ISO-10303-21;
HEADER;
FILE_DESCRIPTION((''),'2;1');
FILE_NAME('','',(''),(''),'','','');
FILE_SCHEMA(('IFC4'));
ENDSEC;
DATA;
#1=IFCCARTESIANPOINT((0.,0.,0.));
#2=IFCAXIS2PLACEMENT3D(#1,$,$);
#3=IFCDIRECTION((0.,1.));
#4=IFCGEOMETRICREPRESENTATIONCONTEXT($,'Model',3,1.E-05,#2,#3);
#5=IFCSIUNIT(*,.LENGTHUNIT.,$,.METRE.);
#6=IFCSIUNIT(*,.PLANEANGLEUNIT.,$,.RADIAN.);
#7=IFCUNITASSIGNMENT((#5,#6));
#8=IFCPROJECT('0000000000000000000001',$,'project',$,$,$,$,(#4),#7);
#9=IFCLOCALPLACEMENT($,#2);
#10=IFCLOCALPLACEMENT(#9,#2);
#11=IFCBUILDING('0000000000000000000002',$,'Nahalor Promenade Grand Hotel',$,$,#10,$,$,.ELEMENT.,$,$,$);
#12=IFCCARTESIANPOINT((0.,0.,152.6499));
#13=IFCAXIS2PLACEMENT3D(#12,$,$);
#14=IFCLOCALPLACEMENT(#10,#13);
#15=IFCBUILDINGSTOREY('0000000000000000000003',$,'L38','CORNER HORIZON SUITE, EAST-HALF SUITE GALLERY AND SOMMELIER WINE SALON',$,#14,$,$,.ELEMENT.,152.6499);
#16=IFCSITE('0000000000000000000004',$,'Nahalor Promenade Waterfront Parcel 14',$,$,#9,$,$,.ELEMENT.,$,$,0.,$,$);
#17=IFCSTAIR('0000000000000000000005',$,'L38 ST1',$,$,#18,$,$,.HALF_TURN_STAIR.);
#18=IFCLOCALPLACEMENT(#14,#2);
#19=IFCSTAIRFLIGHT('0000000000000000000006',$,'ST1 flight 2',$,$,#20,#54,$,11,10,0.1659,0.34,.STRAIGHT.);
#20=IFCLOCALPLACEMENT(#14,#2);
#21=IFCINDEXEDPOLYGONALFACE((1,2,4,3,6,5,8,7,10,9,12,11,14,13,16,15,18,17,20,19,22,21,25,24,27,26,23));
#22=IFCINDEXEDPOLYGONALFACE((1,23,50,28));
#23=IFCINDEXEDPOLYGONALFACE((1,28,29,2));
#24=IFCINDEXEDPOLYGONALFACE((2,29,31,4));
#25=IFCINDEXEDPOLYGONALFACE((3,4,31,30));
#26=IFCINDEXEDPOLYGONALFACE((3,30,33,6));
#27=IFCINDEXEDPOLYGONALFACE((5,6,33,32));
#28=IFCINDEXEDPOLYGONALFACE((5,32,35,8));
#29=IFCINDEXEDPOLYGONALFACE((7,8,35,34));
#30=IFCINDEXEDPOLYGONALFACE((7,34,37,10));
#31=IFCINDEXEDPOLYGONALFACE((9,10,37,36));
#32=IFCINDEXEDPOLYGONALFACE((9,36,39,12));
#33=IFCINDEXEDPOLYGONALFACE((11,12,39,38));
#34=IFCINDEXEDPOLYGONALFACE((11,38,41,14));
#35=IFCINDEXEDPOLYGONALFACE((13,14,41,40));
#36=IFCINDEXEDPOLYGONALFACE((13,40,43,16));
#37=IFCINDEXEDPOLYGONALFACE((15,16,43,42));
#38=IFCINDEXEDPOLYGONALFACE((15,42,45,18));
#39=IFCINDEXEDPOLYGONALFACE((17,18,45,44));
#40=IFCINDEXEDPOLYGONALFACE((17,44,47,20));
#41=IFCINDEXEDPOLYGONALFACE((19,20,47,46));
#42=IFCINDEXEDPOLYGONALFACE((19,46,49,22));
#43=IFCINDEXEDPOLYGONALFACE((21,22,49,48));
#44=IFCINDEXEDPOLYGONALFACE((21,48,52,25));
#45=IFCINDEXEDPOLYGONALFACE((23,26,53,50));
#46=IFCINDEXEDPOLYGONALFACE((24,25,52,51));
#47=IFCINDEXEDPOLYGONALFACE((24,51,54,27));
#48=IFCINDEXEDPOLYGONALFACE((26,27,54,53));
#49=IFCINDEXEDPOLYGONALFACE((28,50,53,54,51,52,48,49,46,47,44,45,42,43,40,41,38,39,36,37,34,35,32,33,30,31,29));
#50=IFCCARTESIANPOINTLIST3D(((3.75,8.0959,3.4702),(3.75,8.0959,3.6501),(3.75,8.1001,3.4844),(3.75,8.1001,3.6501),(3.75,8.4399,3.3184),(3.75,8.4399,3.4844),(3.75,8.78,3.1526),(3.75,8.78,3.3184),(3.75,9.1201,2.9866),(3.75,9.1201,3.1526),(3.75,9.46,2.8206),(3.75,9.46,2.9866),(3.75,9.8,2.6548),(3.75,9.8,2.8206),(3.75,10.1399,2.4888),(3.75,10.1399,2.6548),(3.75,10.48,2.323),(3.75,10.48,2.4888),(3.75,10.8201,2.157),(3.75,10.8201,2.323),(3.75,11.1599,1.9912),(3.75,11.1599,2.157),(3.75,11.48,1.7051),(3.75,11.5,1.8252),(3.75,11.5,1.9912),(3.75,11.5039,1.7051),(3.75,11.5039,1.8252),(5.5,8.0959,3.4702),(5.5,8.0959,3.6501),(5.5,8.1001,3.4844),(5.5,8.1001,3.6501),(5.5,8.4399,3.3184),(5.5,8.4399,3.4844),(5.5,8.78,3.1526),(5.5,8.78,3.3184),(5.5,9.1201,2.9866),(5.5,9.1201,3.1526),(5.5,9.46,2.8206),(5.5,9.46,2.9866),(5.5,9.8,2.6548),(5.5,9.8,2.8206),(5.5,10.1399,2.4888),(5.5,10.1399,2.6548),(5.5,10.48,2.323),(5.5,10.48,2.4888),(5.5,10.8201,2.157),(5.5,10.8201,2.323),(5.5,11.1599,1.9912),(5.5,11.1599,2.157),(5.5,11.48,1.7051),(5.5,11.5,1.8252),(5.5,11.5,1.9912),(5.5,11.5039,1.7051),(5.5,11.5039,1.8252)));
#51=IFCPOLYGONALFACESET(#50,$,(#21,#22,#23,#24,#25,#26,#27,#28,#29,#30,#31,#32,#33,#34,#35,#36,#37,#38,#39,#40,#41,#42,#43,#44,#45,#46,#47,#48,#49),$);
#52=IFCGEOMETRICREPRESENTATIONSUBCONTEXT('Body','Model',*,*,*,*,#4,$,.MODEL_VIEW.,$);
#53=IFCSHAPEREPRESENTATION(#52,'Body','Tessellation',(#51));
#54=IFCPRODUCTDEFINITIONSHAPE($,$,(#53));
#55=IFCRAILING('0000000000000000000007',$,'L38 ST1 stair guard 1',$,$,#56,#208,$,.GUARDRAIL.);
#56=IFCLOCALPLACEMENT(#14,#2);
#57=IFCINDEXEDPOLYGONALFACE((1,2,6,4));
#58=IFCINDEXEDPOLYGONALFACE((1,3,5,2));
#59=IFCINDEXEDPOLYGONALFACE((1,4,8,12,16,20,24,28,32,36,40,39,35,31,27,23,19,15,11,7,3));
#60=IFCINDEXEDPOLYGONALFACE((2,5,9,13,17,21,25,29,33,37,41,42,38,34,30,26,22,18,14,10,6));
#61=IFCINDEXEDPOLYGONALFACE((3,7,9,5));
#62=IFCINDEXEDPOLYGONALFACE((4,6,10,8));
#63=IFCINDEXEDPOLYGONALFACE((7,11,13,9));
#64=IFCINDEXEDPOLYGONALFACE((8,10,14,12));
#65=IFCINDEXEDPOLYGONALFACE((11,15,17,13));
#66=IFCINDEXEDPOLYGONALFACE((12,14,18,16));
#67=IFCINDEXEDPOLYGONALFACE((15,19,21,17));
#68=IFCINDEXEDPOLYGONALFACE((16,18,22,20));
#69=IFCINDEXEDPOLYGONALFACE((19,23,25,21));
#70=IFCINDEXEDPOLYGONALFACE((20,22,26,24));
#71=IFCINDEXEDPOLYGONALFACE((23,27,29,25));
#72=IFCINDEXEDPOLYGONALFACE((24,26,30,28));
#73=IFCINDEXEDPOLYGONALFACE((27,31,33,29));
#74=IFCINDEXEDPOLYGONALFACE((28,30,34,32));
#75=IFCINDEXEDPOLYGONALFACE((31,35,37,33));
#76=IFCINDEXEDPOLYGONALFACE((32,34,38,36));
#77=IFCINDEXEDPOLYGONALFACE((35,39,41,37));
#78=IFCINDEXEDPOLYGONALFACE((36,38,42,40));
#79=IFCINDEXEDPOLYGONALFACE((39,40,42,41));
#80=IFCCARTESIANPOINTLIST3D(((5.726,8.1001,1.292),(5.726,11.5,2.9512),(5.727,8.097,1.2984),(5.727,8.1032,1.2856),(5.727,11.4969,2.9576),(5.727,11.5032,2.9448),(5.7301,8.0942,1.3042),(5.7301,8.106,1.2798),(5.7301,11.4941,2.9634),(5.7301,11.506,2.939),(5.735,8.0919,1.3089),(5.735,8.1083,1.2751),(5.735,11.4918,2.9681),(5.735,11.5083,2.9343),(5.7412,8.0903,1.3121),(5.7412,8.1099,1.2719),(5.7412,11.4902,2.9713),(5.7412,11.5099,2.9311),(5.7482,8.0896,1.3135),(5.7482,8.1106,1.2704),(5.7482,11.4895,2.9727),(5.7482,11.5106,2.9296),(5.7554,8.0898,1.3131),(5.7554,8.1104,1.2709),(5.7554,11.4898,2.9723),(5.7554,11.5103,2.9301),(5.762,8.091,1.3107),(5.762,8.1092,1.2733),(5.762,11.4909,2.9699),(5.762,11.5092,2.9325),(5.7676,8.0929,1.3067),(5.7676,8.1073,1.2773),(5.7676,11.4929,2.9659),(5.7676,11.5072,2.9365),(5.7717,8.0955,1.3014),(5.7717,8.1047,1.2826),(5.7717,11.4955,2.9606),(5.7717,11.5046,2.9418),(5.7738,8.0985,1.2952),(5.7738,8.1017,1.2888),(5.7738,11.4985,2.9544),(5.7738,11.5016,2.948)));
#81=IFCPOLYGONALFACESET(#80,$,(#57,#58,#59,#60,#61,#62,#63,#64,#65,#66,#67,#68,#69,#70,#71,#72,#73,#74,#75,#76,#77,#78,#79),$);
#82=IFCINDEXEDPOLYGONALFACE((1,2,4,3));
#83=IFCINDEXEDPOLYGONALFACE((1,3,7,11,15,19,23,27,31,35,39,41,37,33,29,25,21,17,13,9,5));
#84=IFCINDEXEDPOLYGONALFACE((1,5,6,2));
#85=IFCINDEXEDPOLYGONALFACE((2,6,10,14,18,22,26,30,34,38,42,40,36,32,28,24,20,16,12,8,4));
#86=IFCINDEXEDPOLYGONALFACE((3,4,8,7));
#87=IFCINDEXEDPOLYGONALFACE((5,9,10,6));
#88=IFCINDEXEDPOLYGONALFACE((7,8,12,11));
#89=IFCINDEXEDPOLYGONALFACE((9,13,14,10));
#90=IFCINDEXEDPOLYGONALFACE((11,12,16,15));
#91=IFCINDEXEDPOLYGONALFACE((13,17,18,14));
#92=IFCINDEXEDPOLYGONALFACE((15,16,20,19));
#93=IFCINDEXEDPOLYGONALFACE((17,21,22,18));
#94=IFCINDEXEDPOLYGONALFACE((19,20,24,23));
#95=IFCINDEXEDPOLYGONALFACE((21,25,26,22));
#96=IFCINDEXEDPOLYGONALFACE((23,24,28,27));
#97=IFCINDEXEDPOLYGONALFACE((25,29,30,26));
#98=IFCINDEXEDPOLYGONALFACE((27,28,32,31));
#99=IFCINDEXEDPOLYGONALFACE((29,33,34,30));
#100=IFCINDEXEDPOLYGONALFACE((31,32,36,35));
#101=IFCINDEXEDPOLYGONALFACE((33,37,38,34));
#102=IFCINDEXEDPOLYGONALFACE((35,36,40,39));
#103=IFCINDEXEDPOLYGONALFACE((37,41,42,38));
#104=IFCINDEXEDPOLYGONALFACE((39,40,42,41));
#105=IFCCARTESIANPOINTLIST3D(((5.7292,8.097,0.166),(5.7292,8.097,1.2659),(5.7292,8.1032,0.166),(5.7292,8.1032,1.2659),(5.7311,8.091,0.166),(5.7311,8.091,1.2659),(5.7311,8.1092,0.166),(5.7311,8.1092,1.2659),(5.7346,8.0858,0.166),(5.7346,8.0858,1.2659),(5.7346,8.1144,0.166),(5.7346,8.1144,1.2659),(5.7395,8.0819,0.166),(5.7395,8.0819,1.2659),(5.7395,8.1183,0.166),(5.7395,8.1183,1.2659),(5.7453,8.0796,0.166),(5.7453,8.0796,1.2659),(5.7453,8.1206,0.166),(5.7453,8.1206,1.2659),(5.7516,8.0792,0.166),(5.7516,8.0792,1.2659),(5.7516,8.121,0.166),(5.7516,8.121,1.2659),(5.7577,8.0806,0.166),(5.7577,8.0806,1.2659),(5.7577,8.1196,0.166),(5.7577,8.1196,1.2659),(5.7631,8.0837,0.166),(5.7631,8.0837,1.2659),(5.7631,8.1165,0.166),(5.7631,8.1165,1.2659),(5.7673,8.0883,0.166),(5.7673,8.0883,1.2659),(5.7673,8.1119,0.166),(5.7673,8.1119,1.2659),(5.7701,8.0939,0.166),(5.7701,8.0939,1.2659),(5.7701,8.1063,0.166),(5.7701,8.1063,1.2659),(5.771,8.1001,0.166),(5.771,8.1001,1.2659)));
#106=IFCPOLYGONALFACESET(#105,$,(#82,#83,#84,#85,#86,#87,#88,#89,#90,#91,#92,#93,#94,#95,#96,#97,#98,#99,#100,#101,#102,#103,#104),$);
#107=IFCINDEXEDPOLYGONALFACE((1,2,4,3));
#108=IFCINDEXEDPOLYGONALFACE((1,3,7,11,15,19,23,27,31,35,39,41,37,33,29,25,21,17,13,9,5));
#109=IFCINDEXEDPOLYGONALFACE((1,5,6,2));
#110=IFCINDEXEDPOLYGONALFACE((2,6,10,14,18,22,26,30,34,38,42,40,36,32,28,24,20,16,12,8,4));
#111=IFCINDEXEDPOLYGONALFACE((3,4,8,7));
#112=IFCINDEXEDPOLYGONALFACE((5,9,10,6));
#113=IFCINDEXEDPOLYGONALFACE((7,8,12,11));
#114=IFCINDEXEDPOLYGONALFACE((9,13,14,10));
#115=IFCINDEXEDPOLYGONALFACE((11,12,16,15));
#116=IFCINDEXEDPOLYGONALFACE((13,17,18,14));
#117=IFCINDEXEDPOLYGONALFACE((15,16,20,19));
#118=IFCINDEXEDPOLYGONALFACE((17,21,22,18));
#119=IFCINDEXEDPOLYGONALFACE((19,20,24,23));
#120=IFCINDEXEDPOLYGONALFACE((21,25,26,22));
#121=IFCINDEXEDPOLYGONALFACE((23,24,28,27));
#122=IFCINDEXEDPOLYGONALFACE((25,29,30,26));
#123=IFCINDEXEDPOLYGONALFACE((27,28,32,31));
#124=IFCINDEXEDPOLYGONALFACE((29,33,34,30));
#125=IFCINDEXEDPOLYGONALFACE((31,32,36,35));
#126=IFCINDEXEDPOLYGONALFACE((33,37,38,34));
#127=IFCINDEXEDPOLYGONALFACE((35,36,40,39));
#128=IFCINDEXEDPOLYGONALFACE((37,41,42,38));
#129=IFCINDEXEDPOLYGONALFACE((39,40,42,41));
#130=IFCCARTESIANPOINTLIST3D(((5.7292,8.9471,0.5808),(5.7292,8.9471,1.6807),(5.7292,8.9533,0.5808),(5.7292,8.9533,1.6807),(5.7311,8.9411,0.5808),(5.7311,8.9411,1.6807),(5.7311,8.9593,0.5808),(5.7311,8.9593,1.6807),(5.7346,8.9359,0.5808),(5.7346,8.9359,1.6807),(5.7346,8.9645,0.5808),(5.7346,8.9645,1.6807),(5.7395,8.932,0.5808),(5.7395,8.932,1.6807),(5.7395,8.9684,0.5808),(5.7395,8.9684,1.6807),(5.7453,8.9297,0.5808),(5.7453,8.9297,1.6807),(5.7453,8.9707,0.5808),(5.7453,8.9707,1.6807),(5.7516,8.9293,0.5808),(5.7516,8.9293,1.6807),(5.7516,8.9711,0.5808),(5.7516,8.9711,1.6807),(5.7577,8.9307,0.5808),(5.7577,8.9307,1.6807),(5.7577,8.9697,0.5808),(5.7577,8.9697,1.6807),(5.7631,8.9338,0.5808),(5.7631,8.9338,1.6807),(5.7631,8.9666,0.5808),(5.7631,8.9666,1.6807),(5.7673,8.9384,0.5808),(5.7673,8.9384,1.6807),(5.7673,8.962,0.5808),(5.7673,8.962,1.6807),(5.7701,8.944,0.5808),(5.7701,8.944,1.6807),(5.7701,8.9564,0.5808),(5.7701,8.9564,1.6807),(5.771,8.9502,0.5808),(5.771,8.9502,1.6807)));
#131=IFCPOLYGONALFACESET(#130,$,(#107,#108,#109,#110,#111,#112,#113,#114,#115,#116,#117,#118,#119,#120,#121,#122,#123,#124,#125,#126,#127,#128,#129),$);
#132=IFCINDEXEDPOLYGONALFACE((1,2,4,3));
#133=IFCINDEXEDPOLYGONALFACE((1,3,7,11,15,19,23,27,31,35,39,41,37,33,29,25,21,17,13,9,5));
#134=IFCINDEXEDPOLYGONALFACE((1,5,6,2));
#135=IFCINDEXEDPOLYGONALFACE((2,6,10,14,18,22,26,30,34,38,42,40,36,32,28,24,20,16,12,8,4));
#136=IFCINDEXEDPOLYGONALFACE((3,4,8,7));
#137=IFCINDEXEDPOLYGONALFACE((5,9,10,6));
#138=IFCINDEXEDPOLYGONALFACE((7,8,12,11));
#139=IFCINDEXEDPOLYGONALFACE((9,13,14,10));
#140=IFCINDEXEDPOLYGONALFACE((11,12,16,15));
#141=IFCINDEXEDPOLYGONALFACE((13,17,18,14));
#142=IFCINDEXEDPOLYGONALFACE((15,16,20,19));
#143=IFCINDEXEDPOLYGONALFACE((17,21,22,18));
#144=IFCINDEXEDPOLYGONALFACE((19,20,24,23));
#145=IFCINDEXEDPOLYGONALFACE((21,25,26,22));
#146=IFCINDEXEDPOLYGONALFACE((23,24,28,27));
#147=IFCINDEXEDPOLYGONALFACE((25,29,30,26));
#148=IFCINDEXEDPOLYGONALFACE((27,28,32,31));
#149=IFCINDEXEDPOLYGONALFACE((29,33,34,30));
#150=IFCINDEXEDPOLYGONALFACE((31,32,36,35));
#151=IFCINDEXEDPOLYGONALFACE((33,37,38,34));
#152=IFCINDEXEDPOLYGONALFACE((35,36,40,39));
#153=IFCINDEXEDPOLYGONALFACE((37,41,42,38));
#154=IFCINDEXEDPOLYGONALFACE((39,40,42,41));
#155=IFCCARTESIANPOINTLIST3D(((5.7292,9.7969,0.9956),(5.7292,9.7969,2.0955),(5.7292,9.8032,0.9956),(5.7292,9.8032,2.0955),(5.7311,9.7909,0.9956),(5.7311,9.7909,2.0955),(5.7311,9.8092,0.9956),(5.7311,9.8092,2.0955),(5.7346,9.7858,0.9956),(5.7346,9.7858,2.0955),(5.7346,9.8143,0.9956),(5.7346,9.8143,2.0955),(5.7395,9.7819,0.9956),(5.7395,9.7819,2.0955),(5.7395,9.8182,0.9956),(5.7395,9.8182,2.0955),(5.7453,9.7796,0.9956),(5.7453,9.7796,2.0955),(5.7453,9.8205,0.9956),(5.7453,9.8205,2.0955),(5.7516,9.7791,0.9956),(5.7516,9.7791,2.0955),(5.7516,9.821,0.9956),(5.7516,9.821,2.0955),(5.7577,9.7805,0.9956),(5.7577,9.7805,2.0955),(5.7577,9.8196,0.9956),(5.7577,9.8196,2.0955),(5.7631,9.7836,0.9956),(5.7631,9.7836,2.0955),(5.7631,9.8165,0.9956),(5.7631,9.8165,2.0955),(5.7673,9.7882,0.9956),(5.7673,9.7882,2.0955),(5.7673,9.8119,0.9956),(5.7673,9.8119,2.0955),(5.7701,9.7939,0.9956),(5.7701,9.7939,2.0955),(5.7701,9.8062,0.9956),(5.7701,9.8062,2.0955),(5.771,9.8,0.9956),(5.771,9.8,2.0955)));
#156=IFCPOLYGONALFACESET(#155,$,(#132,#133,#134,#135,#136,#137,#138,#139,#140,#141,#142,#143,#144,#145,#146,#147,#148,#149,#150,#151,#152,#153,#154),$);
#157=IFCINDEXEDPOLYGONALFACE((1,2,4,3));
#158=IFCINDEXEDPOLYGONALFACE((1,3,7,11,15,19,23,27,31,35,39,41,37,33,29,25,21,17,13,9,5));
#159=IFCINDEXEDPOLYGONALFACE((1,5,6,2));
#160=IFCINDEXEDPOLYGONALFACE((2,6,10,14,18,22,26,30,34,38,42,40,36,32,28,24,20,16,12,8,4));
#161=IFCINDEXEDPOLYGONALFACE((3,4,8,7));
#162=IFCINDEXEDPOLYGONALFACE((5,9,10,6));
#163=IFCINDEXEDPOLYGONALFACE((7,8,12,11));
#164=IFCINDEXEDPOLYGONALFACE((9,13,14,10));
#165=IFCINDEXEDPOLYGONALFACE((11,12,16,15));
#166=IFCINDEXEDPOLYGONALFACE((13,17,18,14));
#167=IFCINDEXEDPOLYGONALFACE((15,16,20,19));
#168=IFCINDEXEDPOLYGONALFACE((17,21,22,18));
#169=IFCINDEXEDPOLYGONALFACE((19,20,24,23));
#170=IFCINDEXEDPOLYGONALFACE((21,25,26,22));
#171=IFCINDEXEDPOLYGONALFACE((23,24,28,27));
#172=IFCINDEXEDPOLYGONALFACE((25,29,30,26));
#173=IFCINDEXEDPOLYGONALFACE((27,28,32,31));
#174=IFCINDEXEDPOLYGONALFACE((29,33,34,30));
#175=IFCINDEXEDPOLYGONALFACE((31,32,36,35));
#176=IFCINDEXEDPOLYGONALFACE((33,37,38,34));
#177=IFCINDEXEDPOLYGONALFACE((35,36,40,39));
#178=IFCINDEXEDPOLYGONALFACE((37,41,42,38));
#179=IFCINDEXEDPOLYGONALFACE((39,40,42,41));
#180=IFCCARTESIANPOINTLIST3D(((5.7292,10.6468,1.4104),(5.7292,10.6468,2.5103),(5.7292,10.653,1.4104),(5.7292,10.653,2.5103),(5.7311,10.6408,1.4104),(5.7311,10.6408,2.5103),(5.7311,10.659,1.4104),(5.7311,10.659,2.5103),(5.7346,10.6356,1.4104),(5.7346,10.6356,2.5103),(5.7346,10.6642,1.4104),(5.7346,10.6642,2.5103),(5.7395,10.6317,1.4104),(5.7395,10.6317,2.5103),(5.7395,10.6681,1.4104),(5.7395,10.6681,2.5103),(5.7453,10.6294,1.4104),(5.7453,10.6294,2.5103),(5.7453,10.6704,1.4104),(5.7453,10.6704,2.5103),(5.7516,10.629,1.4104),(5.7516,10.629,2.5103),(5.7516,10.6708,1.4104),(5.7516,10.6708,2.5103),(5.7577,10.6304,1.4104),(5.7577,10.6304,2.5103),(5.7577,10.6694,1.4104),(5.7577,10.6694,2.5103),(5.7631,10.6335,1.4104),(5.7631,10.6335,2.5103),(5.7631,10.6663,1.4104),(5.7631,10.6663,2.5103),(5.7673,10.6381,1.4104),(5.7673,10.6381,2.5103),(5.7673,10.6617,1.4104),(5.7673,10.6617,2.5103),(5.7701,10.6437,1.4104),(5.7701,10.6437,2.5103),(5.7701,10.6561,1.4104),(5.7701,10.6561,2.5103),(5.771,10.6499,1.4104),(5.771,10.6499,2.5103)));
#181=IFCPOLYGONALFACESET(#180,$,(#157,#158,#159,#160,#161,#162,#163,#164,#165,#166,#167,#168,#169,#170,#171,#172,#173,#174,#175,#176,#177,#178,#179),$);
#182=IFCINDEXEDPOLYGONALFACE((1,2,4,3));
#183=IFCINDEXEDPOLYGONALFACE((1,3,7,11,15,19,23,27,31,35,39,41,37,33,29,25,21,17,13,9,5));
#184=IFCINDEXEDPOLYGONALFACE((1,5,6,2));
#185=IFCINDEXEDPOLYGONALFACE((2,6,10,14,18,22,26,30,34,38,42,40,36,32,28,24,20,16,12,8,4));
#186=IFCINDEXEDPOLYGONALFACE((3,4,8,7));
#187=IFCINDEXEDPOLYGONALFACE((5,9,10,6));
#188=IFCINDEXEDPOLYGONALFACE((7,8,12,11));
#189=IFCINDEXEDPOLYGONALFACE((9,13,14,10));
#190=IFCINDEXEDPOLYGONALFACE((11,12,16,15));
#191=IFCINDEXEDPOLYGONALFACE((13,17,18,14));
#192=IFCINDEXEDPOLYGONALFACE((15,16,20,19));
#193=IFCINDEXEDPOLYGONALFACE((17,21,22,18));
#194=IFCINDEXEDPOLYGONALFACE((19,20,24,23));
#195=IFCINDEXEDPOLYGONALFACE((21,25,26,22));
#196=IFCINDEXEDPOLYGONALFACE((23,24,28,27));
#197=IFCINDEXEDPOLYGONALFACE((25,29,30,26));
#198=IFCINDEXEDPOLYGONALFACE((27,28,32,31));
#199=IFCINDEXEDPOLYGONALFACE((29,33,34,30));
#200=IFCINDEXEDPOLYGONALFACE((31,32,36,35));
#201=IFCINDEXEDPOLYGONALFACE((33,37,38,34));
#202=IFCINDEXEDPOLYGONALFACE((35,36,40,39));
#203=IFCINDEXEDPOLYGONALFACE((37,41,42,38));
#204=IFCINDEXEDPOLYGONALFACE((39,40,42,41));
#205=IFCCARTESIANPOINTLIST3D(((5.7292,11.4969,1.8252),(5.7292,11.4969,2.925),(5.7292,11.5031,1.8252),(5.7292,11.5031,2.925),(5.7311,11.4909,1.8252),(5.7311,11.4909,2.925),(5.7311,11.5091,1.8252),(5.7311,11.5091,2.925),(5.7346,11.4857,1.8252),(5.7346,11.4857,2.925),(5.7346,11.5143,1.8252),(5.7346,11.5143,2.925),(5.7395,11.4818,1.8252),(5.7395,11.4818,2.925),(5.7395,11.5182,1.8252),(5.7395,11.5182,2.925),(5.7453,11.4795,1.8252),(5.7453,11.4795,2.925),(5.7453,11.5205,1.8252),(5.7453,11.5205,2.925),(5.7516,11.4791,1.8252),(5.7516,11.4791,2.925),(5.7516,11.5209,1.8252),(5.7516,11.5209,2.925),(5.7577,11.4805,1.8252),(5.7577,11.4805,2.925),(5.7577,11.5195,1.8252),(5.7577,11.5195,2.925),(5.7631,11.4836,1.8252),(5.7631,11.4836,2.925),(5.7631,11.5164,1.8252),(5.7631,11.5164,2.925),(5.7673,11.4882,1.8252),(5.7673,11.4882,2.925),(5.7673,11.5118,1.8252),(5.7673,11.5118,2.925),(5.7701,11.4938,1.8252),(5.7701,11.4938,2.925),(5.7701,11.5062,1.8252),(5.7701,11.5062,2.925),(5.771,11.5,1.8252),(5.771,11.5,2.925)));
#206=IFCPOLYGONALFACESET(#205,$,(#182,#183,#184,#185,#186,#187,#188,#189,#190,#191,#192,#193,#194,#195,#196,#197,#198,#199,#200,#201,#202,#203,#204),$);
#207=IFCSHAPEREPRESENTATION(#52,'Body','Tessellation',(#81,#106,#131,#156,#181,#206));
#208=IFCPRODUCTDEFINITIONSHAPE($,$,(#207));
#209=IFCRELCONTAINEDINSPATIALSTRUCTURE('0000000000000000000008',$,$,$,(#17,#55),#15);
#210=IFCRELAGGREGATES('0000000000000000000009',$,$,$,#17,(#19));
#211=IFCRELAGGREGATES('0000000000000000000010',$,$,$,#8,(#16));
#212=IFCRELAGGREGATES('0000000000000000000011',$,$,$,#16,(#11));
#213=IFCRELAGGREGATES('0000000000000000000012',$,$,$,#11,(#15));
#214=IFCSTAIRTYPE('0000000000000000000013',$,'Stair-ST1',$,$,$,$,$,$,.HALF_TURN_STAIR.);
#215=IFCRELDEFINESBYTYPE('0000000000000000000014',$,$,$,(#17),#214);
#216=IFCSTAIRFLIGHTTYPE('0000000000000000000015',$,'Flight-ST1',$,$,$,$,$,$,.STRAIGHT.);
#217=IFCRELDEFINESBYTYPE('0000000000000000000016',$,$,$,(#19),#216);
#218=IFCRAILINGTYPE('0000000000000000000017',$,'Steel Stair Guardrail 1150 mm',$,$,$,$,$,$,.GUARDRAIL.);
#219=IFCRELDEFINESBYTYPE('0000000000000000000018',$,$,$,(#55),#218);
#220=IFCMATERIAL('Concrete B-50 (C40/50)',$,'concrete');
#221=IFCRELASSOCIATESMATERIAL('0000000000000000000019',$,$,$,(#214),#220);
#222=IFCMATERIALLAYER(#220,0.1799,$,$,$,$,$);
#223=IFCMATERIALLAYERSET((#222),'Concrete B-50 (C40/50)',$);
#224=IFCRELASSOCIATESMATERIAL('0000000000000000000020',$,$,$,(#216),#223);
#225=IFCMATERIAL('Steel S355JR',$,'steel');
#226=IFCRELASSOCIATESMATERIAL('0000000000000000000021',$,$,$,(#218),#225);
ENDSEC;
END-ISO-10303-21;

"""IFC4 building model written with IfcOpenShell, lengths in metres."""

from ifc_helpers import new_model, si_unit, direction, frame, origin, origin_2d, place, context, subcontext, project, spatial, polyline, circle, outline, extrude, source, transform, mapped, material, layer, layer_set, type_object, element, aggregate, save


model = new_model("IFC4")

# Units and contexts
model_context = context("Model", 3, precision=1e-05, world=origin(), true_north=direction((0.0, 1.0)))
body_context = subcontext(model_context, "Body", "Model", "MODEL_VIEW")
ifc_project = project(units=[si_unit("LENGTHUNIT", "METRE"), si_unit("PLANEANGLEUNIT", "RADIAN")], contexts=[model_context])

# Site, building, storey
site_placement = place(None, origin())
site = spatial("IfcSite", under=ifc_project, at=site_placement, Name="Nahalor Promenade Waterfront Parcel 14", CompositionType="ELEMENT", RefElevation=0.0)
building_placement = place(site_placement, origin())
building = spatial("IfcBuilding", under=site, at=building_placement, Name="Nahalor Promenade Grand Hotel", CompositionType="ELEMENT")
storey_placement = place(building_placement, frame((0.0, 0.0, 152.6499)))
storey = spatial("IfcBuildingStorey", under=building, at=storey_placement, Name="L38", Description="CORNER HORIZON SUITE, EAST-HALF SUITE GALLERY AND SOMMELIER WINE SALON", CompositionType="ELEMENT", Elevation=152.6499)

# Shared definitions
ifc_material_1 = material(Name="Steel S355JR", Category="steel")

# Shared definitions
ifc_material_2 = material(Name="Concrete B-50 (C40/50)", Category="concrete")

# Stair, stair flight
stair_type = type_object("IfcStairType", Name="Stair-ST1", PredefinedType="HALF_TURN_STAIR", material=ifc_material_2)
stair_placement = place(storey_placement, origin())
stair = element("IfcStair", 1, at=stair_placement, inside=storey, type_object=stair_type, Name="L38 ST1", PredefinedType="HALF_TURN_STAIR")
ifc_layer_1 = layer(ifc_material_2, 0.1799)
ifc_layer_set_1 = layer_set([ifc_layer_1], Name="Concrete B-50 (C40/50)")
stair_flight_type = type_object("IfcStairFlightType", Name="Flight-ST1", PredefinedType="STRAIGHT", material=ifc_layer_set_1)
shared_shape_1 = source(origin(), body_context, "Body", "SweptSolid", [
    extrude(outline(polyline([(-0.0039, -0.1201), (-0.0039, 0.0), (0.0, 0.0), (0.0, 0.166), (0.3401, 0.166), (0.3401, 0.3318), (0.6799, 0.3318), (0.6799, 0.4978), (1.02, 0.4978), (1.02, 0.6636), (1.3601, 0.6636), (1.3601, 0.8296), (1.7, 0.8296), (1.7, 0.9954), (2.04, 0.9954), (2.04, 1.1614), (2.3799, 1.1614), (2.3799, 1.3274), (2.72, 1.3274), (2.72, 1.4932), (3.0601, 1.4932), (3.0601, 1.6592), (3.3999, 1.6592), (3.3999, 1.825), (3.4041, 1.825), (3.4041, 1.645), (0.02, -0.1201), (-0.0039, -0.1201)])), frame((0.0, 0.875, 0.0), z_axis=(0.0, -1.0, 0.0), x_axis=(1.0, 0.0, 0.0)), (0.0, 0.0, 1.0), 1.75),
])
stair_flight_1_placement = place(storey_placement, frame((4.625, 11.5, 1.8252), z_axis=(0.0, 0.0, 1.0), x_axis=(0.0, -1.0, 0.0)))
stair_flight_1 = element("IfcStairFlight", 2, at=stair_flight_1_placement, type_object=stair_flight_type, Name="ST1 flight 2", NumberOfRisers=11, NumberOfTreads=10, PredefinedType="STRAIGHT", RiserHeight=0.1659, TreadLength=0.34, context=body_context, shape_type="MappedRepresentation", body=[
    mapped(shared_shape_1, transform((0.0, 0.0, 0.0), scale=1.0)),
])
aggregate(stair, [stair_flight_1])

# Railing
railing_type_1 = type_object("IfcRailingType", Name="Steel Stair Guardrail 1150 mm", PredefinedType="GUARDRAIL", material=ifc_material_1)
railing_1_placement = place(storey_placement, frame((5.75, 8.1001, 0.166)))
element("IfcRailing", 3, at=railing_1_placement, inside=storey, type_object=railing_type_1, Name="L38 ST1 stair guard 1", PredefinedType="GUARDRAIL", context=body_context, shape_type="SweptSolid", body=[
    extrude(circle(Radius=0.024, at=origin_2d()), frame((0.0, 0.0, 1.126), z_axis=(0.0, 0.898696, 0.438571), x_axis=(-1.0, 0.0, 0.0)), (0.0, 0.0, 1.0), 3.7832),
    extrude(circle(Radius=0.021, at=origin_2d()), origin(), (0.0, 0.0, 1.0), 1.0999),
    extrude(circle(Radius=0.021, at=origin_2d()), frame((0.0, 0.8501, 0.4148)), (0.0, 0.0, 1.0), 1.0999),
    extrude(circle(Radius=0.021, at=origin_2d()), frame((0.0, 1.7, 0.8296)), (0.0, 0.0, 1.0), 1.0999),
    extrude(circle(Radius=0.021, at=origin_2d()), frame((0.0, 2.5498, 1.2444)), (0.0, 0.0, 1.0), 1.0999),
    extrude(circle(Radius=0.021, at=origin_2d()), frame((0.0, 3.3999, 1.6592)), (0.0, 0.0, 1.0), 1.0999),
])

save(model, "model.ifc")
